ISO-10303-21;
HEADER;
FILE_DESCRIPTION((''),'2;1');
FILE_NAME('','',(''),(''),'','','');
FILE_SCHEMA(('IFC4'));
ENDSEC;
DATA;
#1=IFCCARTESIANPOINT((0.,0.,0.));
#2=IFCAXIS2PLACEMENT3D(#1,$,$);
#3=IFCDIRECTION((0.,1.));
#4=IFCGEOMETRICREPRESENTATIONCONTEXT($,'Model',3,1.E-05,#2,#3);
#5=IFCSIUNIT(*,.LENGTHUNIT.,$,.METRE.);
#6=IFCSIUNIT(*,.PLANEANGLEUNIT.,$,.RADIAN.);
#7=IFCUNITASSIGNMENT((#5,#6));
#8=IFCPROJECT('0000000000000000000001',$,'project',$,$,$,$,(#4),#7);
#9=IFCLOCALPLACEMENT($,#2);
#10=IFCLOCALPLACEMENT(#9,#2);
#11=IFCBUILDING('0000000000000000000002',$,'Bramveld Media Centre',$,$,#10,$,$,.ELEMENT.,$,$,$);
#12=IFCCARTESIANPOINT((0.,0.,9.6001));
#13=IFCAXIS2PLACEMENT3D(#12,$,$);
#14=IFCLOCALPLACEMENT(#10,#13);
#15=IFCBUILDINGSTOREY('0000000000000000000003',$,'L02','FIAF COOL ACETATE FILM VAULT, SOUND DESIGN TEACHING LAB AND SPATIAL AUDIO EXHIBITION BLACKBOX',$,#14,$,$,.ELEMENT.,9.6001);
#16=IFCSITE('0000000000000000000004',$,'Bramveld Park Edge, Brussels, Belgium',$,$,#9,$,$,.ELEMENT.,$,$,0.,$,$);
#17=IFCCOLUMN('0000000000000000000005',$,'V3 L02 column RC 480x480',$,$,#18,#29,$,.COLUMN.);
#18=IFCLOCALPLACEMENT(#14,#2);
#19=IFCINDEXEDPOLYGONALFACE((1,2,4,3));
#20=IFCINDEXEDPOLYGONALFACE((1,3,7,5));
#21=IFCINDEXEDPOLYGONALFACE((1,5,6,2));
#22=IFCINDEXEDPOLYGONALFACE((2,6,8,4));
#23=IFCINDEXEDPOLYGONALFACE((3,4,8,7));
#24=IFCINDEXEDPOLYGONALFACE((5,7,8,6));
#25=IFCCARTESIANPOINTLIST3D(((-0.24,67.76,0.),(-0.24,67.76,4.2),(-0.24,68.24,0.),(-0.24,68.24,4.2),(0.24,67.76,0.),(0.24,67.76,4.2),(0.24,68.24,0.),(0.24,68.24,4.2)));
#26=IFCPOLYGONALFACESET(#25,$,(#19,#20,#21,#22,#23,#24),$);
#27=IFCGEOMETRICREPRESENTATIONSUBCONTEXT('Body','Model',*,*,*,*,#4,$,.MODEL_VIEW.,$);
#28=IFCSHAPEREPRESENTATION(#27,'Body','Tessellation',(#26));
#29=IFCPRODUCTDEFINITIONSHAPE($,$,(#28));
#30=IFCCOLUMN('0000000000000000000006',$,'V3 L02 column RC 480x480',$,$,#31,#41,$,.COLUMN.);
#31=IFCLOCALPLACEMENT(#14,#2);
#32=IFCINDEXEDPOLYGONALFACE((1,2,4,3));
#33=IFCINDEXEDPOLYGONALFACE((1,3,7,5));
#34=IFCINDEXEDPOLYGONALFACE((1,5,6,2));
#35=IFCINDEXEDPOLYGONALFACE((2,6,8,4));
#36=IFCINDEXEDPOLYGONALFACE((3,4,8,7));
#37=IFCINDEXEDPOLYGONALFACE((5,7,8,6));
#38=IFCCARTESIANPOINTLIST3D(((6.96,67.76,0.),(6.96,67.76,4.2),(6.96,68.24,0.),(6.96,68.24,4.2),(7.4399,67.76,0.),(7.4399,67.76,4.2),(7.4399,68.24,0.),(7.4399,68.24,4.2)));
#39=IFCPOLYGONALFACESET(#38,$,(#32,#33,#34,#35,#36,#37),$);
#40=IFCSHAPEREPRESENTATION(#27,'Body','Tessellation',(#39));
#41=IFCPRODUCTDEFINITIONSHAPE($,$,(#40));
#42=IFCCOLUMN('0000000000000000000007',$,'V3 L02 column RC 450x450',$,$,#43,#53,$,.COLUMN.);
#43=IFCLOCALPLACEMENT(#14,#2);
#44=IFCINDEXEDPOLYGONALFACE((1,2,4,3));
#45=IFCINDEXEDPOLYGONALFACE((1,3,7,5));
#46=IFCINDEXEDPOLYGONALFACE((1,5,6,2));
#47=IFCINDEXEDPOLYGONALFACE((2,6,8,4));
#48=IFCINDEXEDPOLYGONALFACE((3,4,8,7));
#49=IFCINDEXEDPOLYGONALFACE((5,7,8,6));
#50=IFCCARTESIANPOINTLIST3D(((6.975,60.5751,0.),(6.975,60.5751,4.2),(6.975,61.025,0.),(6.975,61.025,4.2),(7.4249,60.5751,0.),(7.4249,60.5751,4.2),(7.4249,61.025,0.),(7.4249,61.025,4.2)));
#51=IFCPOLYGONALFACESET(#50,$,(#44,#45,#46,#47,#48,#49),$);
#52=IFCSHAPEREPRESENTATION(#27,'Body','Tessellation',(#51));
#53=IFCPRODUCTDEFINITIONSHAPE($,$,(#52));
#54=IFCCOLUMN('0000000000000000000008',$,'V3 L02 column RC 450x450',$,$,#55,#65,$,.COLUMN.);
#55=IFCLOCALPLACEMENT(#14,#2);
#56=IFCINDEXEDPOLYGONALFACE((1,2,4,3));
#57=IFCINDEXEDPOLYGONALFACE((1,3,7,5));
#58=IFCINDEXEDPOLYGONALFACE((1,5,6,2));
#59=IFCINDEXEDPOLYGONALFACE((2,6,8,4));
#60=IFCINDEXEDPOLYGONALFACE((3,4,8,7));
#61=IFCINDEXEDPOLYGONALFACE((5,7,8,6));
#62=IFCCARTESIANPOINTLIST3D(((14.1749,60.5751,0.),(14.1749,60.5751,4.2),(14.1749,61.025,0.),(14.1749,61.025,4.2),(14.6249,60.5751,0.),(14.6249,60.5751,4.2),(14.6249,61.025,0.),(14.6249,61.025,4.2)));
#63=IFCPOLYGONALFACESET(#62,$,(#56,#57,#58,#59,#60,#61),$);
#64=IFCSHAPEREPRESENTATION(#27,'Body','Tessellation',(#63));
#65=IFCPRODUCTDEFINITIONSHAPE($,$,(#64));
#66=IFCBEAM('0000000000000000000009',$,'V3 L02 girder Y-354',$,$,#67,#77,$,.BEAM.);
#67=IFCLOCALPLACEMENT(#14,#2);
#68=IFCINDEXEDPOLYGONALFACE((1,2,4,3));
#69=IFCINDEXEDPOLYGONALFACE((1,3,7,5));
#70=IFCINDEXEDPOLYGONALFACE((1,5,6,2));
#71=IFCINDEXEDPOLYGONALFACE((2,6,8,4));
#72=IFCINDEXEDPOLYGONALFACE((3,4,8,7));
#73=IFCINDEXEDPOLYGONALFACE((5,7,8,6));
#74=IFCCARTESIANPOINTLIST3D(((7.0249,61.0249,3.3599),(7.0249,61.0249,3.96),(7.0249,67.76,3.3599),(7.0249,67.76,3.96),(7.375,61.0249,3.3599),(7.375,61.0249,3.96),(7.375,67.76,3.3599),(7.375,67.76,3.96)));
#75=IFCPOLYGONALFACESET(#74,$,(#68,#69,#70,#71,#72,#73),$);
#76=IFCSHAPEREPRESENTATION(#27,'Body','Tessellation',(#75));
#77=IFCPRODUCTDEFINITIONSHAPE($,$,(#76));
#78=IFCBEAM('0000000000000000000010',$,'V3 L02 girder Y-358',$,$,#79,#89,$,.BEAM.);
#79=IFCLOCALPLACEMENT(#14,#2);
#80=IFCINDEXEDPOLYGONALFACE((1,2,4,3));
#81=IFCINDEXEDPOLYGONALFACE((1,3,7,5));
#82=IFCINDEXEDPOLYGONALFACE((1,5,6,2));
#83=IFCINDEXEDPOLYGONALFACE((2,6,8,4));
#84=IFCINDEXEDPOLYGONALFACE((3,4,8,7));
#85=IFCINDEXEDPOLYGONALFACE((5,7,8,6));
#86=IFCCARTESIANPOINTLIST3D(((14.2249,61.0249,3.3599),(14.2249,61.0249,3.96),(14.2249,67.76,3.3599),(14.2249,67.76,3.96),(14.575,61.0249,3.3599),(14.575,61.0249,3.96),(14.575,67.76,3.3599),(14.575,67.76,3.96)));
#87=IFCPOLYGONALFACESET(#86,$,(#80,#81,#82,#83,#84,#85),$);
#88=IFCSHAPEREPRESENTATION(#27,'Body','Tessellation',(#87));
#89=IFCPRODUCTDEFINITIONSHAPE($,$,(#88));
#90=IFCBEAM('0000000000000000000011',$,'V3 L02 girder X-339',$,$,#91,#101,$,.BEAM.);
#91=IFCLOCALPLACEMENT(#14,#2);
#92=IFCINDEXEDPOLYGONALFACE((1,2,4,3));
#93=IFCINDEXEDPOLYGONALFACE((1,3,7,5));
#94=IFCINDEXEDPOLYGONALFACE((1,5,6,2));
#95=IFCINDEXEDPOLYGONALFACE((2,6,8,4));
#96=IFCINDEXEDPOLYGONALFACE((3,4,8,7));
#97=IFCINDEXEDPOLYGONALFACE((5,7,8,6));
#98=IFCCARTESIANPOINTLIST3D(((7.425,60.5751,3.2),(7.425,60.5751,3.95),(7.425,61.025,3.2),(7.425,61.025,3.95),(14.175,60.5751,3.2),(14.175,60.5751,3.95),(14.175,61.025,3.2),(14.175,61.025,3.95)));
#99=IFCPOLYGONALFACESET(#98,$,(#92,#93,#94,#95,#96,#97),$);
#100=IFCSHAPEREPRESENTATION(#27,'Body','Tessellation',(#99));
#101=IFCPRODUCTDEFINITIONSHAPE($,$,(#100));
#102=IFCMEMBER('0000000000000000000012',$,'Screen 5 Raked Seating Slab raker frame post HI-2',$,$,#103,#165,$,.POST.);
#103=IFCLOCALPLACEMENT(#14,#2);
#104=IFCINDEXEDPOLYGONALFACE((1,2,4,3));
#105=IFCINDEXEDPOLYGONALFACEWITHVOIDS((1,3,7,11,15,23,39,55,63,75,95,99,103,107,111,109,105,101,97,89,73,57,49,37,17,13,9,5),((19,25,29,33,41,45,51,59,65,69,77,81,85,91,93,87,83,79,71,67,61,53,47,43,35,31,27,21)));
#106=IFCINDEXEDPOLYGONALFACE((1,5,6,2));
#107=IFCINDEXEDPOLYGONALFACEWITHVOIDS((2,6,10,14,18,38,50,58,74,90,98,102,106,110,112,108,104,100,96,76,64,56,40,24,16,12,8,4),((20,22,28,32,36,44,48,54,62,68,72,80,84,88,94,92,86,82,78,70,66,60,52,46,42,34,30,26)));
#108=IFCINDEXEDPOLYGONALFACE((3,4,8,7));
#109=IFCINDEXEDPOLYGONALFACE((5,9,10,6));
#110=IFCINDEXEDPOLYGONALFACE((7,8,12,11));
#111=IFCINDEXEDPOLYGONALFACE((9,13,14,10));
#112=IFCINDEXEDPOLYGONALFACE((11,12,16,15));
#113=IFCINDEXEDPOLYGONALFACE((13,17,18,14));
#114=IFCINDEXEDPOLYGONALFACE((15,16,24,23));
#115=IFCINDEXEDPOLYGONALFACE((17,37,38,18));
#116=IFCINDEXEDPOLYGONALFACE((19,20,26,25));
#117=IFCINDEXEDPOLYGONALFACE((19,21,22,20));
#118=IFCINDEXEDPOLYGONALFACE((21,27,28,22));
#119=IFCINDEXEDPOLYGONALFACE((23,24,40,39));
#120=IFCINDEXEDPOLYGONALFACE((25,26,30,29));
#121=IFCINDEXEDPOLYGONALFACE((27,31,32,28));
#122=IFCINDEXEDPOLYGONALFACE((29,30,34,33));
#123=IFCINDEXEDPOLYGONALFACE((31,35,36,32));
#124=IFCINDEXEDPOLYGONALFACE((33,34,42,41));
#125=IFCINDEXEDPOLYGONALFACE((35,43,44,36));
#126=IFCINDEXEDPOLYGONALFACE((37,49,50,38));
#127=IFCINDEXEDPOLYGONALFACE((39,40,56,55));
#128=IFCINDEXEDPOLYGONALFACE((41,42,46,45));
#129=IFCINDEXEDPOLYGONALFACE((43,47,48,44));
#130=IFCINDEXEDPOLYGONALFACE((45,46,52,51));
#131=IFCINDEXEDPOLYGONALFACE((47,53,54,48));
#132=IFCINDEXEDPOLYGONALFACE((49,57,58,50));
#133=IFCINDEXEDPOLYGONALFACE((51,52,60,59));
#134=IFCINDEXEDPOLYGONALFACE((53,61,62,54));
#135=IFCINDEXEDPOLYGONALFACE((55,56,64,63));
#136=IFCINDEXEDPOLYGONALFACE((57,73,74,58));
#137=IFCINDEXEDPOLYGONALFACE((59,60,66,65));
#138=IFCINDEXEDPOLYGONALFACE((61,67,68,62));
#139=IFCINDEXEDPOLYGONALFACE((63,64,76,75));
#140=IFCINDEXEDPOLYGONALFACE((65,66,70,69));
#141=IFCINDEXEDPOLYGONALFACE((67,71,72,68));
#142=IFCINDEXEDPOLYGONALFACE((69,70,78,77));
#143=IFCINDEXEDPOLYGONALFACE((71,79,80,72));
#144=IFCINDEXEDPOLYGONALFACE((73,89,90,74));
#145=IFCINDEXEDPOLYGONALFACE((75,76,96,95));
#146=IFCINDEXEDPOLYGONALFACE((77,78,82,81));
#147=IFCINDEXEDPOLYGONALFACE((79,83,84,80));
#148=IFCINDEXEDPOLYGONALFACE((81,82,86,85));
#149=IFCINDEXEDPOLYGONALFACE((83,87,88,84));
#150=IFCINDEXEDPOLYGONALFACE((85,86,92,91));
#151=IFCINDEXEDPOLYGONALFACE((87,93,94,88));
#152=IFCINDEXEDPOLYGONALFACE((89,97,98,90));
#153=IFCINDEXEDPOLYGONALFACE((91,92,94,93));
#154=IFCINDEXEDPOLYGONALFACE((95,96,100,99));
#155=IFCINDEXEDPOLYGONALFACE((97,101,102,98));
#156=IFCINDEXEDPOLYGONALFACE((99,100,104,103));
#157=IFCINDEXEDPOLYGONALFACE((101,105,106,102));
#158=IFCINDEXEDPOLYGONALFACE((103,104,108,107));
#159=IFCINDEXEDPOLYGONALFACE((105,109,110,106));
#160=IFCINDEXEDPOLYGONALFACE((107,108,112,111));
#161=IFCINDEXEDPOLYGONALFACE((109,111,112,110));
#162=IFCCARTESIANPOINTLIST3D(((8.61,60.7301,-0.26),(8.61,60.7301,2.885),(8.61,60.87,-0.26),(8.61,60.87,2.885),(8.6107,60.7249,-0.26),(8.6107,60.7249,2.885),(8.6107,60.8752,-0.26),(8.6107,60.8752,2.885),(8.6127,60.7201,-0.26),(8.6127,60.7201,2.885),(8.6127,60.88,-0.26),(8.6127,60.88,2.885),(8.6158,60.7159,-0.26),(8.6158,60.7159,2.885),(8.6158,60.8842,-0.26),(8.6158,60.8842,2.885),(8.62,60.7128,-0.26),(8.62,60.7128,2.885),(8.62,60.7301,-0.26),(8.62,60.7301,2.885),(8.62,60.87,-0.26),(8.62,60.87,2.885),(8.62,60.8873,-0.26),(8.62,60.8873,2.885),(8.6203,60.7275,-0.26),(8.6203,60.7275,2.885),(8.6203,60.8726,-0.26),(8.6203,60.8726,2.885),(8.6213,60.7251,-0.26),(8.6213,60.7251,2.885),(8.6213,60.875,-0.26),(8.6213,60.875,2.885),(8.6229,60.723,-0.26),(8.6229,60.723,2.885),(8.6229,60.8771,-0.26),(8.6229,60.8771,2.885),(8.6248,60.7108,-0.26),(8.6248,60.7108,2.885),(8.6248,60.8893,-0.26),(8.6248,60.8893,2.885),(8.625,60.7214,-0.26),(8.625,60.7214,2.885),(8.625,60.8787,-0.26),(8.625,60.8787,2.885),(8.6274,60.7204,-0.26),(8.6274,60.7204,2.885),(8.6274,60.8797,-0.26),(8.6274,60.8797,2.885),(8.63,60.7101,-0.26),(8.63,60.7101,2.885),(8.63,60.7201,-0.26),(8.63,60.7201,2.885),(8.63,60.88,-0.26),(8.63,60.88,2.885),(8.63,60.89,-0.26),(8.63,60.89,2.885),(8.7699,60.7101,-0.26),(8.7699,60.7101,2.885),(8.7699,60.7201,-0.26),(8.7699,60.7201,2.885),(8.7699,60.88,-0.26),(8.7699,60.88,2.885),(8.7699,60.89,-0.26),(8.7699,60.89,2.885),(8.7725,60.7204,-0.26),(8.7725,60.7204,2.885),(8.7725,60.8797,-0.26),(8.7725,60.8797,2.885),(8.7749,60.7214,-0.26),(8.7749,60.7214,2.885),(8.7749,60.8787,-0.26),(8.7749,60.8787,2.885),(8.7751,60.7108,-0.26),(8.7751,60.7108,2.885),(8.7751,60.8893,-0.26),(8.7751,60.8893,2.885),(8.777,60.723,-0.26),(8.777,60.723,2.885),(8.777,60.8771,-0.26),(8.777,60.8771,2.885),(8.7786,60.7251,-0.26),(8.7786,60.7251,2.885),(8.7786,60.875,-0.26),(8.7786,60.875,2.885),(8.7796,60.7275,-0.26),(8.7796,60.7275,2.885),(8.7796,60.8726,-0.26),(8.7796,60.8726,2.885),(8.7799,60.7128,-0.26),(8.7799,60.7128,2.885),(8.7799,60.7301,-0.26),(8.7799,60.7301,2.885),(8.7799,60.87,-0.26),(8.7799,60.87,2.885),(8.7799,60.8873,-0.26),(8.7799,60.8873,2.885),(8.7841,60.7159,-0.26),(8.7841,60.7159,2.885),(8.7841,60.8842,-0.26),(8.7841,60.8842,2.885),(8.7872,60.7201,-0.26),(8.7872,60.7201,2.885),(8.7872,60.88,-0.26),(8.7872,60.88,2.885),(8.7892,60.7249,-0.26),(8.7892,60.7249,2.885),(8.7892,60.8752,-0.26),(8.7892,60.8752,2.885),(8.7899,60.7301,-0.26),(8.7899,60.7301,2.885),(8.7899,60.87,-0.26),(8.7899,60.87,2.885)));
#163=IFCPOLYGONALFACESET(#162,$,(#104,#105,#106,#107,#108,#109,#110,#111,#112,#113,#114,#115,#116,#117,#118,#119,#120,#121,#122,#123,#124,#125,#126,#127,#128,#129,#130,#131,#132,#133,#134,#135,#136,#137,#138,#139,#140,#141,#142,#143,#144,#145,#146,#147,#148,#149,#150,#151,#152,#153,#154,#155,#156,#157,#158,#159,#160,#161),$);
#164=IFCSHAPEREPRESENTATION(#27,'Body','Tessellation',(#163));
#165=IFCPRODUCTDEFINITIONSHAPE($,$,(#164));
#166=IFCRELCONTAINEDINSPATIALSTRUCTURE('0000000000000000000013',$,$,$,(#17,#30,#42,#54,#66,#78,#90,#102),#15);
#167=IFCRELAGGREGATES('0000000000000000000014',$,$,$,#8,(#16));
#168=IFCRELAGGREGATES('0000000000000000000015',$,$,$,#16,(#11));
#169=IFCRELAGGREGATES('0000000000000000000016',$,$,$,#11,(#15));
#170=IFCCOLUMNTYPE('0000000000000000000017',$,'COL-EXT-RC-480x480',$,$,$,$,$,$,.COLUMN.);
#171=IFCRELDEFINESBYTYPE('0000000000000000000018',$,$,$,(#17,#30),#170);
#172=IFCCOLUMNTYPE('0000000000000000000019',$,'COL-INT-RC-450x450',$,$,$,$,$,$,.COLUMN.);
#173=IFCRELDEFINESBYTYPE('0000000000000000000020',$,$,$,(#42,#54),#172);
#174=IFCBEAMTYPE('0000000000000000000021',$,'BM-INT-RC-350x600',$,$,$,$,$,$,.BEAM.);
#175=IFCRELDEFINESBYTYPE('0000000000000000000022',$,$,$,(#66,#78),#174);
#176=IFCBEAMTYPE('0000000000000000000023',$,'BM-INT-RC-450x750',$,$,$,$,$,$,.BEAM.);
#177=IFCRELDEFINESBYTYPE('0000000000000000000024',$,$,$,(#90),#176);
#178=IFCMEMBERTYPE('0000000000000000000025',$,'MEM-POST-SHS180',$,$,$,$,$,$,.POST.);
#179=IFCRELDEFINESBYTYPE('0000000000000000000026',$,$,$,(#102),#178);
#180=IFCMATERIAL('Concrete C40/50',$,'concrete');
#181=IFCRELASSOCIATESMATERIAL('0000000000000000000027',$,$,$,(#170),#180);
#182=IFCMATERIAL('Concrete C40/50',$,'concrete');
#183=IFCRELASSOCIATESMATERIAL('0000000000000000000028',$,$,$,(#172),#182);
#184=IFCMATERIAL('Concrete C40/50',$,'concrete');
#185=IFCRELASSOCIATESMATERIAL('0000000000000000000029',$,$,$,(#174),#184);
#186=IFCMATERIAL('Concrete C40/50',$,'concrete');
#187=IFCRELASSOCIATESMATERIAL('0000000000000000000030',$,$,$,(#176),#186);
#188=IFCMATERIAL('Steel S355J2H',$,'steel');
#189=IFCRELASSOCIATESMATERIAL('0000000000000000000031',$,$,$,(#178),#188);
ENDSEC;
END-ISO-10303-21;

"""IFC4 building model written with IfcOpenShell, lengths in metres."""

from ifc_helpers import new_model, si_unit, direction, frame, origin, origin_2d, place, context, subcontext, project, spatial, rectangle, hollow_rectangle, extrude, material, material_profile, profile_set, type_object, element, save


model = new_model("IFC4")

# Units and contexts
model_context = context("Model", 3, precision=1e-05, world=origin(), true_north=direction((0.0, 1.0)))
body_context = subcontext(model_context, "Body", "Model", "MODEL_VIEW")
ifc_project = project(units=[si_unit("LENGTHUNIT", "METRE"), si_unit("PLANEANGLEUNIT", "RADIAN")], contexts=[model_context])

# Site, building, storey
site_placement = place(None, origin())
site = spatial("IfcSite", under=ifc_project, at=site_placement, Name="Bramveld Park Edge, Brussels, Belgium", CompositionType="ELEMENT", RefElevation=0.0)
building_placement = place(site_placement, origin())
building = spatial("IfcBuilding", under=site, at=building_placement, Name="Bramveld Media Centre", CompositionType="ELEMENT")
storey_placement = place(building_placement, frame((0.0, 0.0, 9.6001)))
storey = spatial("IfcBuildingStorey", under=building, at=storey_placement, Name="L02", Description="FIAF COOL ACETATE FILM VAULT, SOUND DESIGN TEACHING LAB AND SPATIAL AUDIO EXHIBITION BLACKBOX", CompositionType="ELEMENT", Elevation=9.6001)

# Columns
ifc_material_1 = material(Name="Concrete C40/50", Category="concrete")
ifc_material_profile_1 = material_profile(ifc_material_1, rectangle(XDim=0.48, YDim=0.48, at=origin_2d()), Name="RC 480x480")
ifc_profile_set_1 = profile_set([ifc_material_profile_1], Name="Concrete C40/50")
column_type_1 = type_object("IfcColumnType", Name="COL-EXT-RC-480x480", PredefinedType="COLUMN", material=ifc_profile_set_1)
for number, where, z_axis, x_axis, name in (
    (1, (0.0, 68.0, 0.0), (0.0, 0.0, 1.0), (1.0, 0.0, 0.0), "V3 L02 column RC 480x480"),
    (2, (7.2, 68.0, 0.0), (0.0, 0.0, 1.0), (1.0, 0.0, 0.0), "V3 L02 column RC 480x480"),
):
    element("IfcColumn", number, at=place(storey_placement, frame(where, z_axis=z_axis, x_axis=x_axis)), inside=storey, type_object=column_type_1, Name=name, PredefinedType="COLUMN", context=body_context, shape_type="SweptSolid", body=[
        extrude(rectangle(XDim=0.48, YDim=0.48, at=origin_2d()), origin(), (0.0, 0.0, 1.0), 4.2),
    ])
ifc_material_2 = material(Name="Concrete C40/50", Category="concrete")
ifc_material_profile_2 = material_profile(ifc_material_2, rectangle(XDim=0.45, YDim=0.45, at=origin_2d()), Name="RC 450x450")
ifc_profile_set_2 = profile_set([ifc_material_profile_2], Name="Concrete C40/50")
column_type_2 = type_object("IfcColumnType", Name="COL-INT-RC-450x450", PredefinedType="COLUMN", material=ifc_profile_set_2)
for number, where, z_axis, x_axis, name in (
    (3, (7.2, 60.8, 0.0), (0.0, 0.0, 1.0), (1.0, 0.0, 0.0), "V3 L02 column RC 450x450"),
    (4, (14.3999, 60.8, 0.0), (0.0, 0.0, 1.0), (1.0, 0.0, 0.0), "V3 L02 column RC 450x450"),
):
    element("IfcColumn", number, at=place(storey_placement, frame(where, z_axis=z_axis, x_axis=x_axis)), inside=storey, type_object=column_type_2, Name=name, PredefinedType="COLUMN", context=body_context, shape_type="SweptSolid", body=[
        extrude(rectangle(XDim=0.45, YDim=0.45, at=origin_2d()), origin(), (0.0, 0.0, 1.0), 4.2),
    ])

# Beams
ifc_material_3 = material(Name="Concrete C40/50", Category="concrete")
ifc_material_profile_3 = material_profile(ifc_material_3, rectangle(XDim=0.3501, YDim=0.6001, at=origin_2d()), Name="RC 350x600")
ifc_profile_set_3 = profile_set([ifc_material_profile_3], Name="Concrete C40/50")
beam_type_1 = type_object("IfcBeamType", Name="BM-INT-RC-350x600", PredefinedType="BEAM", material=ifc_profile_set_3)
for number, where, z_axis, x_axis, name in (
    (5, (7.2, 61.0249, 3.6599), (0.0, 1.0, 0.0), (-1.0, 0.0, 0.0), "V3 L02 girder Y-354"),
    (6, (14.3999, 61.0249, 3.6599), (0.0, 1.0, 0.0), (-1.0, 0.0, 0.0), "V3 L02 girder Y-358"),
):
    element("IfcBeam", number, at=place(storey_placement, frame(where, z_axis=z_axis, x_axis=x_axis)), inside=storey, type_object=beam_type_1, Name=name, PredefinedType="BEAM", context=body_context, shape_type="SweptSolid", body=[
        extrude(rectangle(XDim=0.3501, YDim=0.6001, at=origin_2d()), origin(), (0.0, 0.0, 1.0), 6.7351),
    ])
ifc_material_4 = material(Name="Concrete C40/50", Category="concrete")
ifc_material_profile_4 = material_profile(ifc_material_4, rectangle(XDim=0.45, YDim=0.75, at=origin_2d()), Name="RC 450x750")
ifc_profile_set_4 = profile_set([ifc_material_profile_4], Name="Concrete C40/50")
beam_type_2 = type_object("IfcBeamType", Name="BM-INT-RC-450x750", PredefinedType="BEAM", material=ifc_profile_set_4)
beam_1_placement = place(storey_placement, frame((7.425, 60.8, 3.575), z_axis=(1.0, 0.0, 0.0), x_axis=(0.0, 1.0, 0.0)))
element("IfcBeam", 7, at=beam_1_placement, inside=storey, type_object=beam_type_2, Name="V3 L02 girder X-339", PredefinedType="BEAM", context=body_context, shape_type="SweptSolid", body=[
    extrude(rectangle(XDim=0.45, YDim=0.75, at=origin_2d()), origin(), (0.0, 0.0, 1.0), 6.75),
])

# Member
ifc_material_5 = material(Name="Steel S355J2H", Category="steel")
ifc_material_profile_5 = material_profile(ifc_material_5, hollow_rectangle(XDim=0.1799, YDim=0.1799, WallThickness=0.01, InnerFilletRadius=0.01, OuterFilletRadius=0.02, at=origin_2d()), Name="SHS 180x180x10")
ifc_profile_set_5 = profile_set([ifc_material_profile_5], Name="Steel S355J2H")
member_type = type_object("IfcMemberType", Name="MEM-POST-SHS180", PredefinedType="POST", material=ifc_profile_set_5)
member_placement = place(storey_placement, frame((8.7, 60.8, -0.26), z_axis=(0.0, 0.0, 1.0), x_axis=(1.0, 0.0, 0.0)))
element("IfcMember", 8, at=member_placement, inside=storey, type_object=member_type, Name="Screen 5 Raked Seating Slab raker frame post HI-2", PredefinedType="POST", context=body_context, shape_type="SweptSolid", body=[
    extrude(hollow_rectangle(XDim=0.1799, YDim=0.1799, WallThickness=0.01, InnerFilletRadius=0.01, OuterFilletRadius=0.02, at=origin_2d()), origin(), (0.0, 0.0, 1.0), 3.145),
])

save(model, "model.ifc")
